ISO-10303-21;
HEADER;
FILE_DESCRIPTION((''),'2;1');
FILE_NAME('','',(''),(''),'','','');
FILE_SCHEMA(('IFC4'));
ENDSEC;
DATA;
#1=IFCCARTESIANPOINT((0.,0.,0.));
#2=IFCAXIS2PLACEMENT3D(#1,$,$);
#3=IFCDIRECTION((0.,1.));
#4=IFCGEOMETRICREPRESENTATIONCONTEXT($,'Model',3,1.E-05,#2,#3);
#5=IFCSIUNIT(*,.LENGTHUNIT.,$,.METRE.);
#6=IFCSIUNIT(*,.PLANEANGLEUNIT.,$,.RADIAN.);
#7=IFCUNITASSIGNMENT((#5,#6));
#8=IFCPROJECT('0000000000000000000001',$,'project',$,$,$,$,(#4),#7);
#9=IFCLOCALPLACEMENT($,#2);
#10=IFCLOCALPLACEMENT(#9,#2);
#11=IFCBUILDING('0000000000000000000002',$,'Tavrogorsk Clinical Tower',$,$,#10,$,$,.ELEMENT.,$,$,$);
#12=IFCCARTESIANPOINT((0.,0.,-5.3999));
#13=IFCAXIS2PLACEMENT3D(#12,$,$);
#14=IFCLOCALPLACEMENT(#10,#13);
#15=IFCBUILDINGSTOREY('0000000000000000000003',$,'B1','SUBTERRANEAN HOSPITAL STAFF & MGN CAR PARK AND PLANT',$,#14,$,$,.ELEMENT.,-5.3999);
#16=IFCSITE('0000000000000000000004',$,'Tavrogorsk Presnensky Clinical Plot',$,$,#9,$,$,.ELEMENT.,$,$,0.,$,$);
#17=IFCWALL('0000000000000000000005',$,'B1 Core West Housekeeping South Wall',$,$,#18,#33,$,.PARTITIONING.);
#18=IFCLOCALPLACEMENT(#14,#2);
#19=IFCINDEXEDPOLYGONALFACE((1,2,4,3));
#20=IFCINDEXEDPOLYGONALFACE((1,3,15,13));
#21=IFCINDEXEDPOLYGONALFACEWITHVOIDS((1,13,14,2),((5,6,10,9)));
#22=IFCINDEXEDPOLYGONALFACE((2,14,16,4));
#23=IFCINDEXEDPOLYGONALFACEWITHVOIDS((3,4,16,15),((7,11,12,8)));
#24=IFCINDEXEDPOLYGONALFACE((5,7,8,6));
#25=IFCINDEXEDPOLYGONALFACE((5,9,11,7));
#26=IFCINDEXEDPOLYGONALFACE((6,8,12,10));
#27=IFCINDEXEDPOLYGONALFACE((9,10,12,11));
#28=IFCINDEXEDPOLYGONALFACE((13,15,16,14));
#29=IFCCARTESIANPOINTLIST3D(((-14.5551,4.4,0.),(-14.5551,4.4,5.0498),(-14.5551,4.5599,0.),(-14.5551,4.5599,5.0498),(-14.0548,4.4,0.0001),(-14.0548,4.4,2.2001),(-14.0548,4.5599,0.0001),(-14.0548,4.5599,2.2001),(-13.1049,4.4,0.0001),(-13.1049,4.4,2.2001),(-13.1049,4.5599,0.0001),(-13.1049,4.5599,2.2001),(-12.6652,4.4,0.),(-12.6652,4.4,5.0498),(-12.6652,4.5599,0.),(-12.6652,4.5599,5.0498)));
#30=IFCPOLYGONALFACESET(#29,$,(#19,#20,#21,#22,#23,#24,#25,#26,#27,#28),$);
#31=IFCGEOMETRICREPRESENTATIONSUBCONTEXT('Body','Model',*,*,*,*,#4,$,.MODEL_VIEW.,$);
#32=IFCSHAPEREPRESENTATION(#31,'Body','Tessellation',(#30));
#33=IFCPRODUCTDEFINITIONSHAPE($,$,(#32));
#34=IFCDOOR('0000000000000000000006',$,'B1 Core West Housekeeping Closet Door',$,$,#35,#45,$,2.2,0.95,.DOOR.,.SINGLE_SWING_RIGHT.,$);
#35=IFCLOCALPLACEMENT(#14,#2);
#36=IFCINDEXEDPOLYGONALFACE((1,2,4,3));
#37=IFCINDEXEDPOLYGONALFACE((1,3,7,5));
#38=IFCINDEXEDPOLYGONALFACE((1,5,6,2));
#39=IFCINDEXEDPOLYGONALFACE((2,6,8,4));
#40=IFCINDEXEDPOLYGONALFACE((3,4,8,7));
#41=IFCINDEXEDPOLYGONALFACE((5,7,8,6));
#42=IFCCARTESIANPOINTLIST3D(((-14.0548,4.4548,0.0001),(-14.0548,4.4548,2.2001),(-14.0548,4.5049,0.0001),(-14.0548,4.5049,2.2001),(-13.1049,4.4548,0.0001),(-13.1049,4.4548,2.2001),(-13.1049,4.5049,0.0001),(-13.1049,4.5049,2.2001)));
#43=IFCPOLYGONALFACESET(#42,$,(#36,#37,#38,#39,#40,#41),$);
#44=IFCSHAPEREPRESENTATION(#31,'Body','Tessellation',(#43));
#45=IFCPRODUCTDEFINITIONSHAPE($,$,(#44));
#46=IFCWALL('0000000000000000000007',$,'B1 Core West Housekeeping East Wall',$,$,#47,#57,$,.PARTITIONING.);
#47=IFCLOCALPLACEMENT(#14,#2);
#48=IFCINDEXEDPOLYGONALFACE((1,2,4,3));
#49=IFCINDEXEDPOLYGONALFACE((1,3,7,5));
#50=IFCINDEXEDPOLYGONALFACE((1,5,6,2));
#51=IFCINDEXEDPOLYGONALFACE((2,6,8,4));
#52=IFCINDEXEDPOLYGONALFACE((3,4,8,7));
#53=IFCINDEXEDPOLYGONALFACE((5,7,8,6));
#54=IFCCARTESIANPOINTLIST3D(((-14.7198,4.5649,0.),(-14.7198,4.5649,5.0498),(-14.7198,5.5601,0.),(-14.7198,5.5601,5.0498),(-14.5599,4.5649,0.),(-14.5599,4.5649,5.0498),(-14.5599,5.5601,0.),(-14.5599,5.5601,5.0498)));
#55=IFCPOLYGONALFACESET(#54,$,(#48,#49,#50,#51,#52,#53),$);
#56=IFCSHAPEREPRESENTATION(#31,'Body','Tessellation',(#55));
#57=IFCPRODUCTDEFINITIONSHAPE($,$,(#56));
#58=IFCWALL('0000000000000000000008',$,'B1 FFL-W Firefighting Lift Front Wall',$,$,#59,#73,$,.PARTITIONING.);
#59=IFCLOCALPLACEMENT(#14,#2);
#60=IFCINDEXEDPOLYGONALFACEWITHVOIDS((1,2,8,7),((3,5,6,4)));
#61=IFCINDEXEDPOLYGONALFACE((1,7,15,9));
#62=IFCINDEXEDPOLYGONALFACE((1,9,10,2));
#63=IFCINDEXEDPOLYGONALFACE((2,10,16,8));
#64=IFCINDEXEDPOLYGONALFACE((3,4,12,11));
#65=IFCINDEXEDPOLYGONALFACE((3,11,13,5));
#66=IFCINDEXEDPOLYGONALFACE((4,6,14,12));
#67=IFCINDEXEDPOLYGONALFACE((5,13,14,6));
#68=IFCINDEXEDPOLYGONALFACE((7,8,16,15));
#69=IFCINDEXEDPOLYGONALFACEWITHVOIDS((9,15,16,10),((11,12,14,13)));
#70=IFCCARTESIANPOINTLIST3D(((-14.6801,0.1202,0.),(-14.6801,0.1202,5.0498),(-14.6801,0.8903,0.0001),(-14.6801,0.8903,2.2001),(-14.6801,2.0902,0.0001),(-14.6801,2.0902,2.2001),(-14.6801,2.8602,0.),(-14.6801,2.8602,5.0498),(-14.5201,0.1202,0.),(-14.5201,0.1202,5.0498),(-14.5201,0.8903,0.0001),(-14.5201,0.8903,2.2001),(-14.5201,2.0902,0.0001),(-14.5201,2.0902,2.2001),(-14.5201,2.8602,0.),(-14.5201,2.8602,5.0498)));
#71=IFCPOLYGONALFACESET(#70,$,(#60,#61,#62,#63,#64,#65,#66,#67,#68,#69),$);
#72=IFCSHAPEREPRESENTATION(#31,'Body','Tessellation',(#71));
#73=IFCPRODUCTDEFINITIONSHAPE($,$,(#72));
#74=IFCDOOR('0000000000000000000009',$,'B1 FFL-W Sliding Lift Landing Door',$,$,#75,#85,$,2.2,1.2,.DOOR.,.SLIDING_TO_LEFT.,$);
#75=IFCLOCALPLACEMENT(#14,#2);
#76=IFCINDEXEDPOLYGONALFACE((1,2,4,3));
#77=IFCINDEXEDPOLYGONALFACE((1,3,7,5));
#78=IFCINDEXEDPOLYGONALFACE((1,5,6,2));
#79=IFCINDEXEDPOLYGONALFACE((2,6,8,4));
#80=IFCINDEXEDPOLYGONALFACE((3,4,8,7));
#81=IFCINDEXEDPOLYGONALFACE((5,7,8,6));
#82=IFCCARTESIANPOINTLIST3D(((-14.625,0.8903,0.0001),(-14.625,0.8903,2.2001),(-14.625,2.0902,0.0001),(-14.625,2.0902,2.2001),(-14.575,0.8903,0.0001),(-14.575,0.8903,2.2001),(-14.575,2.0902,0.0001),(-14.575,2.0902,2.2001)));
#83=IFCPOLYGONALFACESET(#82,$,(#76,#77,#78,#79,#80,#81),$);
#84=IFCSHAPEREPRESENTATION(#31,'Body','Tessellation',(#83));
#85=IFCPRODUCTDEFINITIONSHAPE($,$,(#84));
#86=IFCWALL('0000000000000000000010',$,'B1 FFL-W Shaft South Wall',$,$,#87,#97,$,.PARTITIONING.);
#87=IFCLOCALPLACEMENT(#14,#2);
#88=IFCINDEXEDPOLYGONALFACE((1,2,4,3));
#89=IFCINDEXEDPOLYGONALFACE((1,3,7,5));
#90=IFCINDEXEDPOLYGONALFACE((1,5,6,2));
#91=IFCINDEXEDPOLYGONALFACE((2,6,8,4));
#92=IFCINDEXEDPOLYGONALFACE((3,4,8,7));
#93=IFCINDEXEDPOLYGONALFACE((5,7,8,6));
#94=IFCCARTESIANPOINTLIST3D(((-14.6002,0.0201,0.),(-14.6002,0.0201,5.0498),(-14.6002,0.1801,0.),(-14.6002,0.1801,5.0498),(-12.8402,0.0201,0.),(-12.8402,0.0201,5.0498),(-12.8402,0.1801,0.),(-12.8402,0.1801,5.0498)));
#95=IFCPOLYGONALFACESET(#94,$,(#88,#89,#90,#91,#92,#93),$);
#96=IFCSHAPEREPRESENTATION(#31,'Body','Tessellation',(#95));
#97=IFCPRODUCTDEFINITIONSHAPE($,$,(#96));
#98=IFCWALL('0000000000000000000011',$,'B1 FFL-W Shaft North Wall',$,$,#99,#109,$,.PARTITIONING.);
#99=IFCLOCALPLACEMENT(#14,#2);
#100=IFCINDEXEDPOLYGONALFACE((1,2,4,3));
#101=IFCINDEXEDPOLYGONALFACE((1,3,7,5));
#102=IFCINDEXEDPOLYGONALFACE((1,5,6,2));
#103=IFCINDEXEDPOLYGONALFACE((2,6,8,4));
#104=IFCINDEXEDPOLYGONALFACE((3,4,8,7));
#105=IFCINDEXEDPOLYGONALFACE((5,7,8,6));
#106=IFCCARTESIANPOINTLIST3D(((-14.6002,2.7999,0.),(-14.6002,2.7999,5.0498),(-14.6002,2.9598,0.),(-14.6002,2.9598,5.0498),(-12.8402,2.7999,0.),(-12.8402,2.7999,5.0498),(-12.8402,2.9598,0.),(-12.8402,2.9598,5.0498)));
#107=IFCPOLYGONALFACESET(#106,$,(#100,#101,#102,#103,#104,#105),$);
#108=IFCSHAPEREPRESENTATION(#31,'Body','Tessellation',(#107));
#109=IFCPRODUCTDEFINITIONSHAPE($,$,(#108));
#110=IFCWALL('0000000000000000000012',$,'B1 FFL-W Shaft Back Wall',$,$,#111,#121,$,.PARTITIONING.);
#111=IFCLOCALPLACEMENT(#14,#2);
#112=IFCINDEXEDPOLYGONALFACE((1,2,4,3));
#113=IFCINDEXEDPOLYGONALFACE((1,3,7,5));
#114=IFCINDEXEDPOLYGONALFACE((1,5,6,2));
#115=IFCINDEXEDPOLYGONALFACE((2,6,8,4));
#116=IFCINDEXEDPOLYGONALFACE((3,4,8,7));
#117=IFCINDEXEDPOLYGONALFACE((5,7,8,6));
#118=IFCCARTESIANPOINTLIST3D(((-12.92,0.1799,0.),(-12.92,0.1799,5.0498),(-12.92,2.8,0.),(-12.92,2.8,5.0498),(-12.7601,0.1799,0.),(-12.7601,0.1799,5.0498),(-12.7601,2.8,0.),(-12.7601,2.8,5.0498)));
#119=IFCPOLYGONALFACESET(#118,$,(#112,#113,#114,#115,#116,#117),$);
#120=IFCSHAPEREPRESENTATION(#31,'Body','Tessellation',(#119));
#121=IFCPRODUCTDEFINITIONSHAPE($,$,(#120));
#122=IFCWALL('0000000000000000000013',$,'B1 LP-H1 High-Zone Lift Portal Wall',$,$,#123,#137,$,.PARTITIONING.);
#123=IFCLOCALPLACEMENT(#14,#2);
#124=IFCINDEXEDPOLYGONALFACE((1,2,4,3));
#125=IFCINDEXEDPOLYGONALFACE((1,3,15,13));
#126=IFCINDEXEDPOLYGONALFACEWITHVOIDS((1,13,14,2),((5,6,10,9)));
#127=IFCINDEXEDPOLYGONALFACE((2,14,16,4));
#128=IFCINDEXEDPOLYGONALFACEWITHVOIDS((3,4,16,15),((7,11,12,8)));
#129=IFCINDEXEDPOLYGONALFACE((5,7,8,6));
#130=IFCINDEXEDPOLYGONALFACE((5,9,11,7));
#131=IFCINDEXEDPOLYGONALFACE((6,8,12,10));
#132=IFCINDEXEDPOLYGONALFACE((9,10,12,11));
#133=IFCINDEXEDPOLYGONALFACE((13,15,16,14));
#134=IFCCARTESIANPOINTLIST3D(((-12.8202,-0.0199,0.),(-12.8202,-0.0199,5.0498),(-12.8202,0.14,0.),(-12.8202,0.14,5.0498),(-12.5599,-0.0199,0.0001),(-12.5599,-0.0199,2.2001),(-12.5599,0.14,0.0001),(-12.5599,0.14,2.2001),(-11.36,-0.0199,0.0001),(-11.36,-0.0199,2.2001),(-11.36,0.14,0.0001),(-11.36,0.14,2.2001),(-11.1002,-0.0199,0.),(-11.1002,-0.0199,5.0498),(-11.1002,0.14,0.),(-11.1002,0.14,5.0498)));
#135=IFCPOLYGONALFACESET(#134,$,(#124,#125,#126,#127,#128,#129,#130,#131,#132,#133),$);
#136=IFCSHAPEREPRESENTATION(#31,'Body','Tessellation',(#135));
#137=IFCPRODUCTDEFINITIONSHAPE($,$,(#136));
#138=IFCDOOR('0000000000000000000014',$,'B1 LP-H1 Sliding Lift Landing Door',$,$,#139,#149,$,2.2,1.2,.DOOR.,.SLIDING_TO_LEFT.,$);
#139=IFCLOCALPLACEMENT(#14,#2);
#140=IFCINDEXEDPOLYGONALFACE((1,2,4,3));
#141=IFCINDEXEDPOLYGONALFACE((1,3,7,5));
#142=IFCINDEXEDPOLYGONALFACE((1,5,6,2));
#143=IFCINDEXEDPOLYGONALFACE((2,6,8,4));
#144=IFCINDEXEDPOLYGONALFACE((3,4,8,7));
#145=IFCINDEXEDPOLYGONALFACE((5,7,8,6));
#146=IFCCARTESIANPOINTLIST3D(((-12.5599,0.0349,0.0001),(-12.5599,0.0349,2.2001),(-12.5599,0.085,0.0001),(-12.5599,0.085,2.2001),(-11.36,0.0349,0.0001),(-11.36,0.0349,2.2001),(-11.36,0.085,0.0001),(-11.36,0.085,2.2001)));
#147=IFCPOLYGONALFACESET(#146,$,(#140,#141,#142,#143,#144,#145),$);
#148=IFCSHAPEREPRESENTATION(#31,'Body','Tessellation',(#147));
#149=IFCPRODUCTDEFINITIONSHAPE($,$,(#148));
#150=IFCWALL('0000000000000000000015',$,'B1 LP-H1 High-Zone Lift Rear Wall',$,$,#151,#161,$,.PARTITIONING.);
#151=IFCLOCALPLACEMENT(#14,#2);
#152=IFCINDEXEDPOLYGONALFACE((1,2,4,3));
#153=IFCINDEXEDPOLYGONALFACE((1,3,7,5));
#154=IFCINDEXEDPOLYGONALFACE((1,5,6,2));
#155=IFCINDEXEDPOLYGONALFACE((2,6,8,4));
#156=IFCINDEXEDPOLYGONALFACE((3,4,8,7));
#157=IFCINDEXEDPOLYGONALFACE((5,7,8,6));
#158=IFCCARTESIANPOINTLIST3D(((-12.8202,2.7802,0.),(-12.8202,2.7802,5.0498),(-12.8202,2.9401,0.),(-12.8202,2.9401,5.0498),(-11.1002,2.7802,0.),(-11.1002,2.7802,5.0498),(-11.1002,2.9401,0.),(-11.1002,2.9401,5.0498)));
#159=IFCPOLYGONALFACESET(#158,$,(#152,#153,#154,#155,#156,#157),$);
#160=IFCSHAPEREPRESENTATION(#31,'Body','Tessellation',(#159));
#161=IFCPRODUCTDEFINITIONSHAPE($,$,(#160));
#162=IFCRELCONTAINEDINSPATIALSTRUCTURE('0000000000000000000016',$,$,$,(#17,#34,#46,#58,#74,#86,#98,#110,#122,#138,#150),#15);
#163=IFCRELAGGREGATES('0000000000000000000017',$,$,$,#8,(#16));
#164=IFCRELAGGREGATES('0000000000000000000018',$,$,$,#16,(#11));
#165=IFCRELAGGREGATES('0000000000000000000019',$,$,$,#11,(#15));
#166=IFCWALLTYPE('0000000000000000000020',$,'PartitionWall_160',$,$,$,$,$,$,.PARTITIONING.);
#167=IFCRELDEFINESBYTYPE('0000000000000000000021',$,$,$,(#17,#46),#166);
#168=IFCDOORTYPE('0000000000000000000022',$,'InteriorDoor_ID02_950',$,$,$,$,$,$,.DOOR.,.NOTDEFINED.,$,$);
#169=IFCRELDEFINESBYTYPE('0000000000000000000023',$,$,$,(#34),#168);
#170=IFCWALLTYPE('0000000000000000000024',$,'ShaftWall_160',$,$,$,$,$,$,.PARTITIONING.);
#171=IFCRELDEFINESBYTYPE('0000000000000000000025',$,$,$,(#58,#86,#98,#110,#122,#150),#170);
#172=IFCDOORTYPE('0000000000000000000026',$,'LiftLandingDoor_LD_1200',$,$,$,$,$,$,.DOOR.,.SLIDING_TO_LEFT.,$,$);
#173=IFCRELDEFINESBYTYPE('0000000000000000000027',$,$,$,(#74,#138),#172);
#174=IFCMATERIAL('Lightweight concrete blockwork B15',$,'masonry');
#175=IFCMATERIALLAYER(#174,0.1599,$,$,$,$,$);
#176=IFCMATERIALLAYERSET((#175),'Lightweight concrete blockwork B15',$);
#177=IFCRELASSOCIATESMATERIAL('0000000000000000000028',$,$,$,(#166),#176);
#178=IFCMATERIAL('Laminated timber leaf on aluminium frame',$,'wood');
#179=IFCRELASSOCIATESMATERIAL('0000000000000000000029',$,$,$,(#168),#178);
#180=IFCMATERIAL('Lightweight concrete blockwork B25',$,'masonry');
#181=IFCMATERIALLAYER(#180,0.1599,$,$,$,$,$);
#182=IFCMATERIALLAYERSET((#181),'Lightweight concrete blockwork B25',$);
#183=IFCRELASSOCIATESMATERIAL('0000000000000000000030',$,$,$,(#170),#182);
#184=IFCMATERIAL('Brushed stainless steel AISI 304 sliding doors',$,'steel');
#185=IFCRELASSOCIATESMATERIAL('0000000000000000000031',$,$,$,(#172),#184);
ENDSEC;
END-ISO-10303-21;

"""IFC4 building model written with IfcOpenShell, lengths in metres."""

from ifc_helpers import new_model, si_unit, direction, frame, frame_2d, origin, place, context, subcontext, project, spatial, rectangle, extrude, material, layer, layer_set, type_object, element, fill, save


model = new_model("IFC4")

# Units and contexts
model_context = context("Model", 3, precision=1e-05, world=origin(), true_north=direction((0.0, 1.0)))
body_context = subcontext(model_context, "Body", "Model", "MODEL_VIEW")
ifc_project = project(units=[si_unit("LENGTHUNIT", "METRE"), si_unit("PLANEANGLEUNIT", "RADIAN")], contexts=[model_context])

# Site, building, storey
site_placement = place(None, origin())
site = spatial("IfcSite", under=ifc_project, at=site_placement, Name="Tavrogorsk Presnensky Clinical Plot", CompositionType="ELEMENT", RefElevation=0.0)
building_placement = place(site_placement, origin())
building = spatial("IfcBuilding", under=site, at=building_placement, Name="Tavrogorsk Clinical Tower", CompositionType="ELEMENT")
storey_placement = place(building_placement, frame((0.0, 0.0, -5.3999)))
storey = spatial("IfcBuildingStorey", under=building, at=storey_placement, Name="B1", Description="SUBTERRANEAN HOSPITAL STAFF & MGN CAR PARK AND PLANT", CompositionType="ELEMENT", Elevation=-5.3999)

# Wall, opening, door
ifc_material_1 = material(Name="Lightweight concrete blockwork B15", Category="masonry")
ifc_layer_1 = layer(ifc_material_1, 0.1599)
ifc_layer_set_1 = layer_set([ifc_layer_1], Name="Lightweight concrete blockwork B15")
wall_type_1 = type_object("IfcWallType", Name="PartitionWall_160", PredefinedType="PARTITIONING", material=ifc_layer_set_1)
ifc_material_2 = material(Name="Laminated timber leaf on aluminium frame", Category="wood")
door_type_1 = type_object("IfcDoorType", Name="InteriorDoor_ID02_950", OperationType="NOTDEFINED", PredefinedType="DOOR", material=ifc_material_2)
wall_1_placement = place(storey_placement, frame((-14.5549, 4.48, 0.0), z_axis=(0.0, 0.0, 1.0), x_axis=(1.0, 0.0, 0.0)))
wall_1 = element("IfcWall", 1, at=wall_1_placement, inside=storey, type_object=wall_type_1, Name="B1 Core West Housekeeping South Wall", PredefinedType="PARTITIONING", context=body_context, shape_type="SweptSolid", body=[
    extrude(rectangle(XDim=1.8899, YDim=0.1599, at=frame_2d((0.9448, 0.0))), origin(), (0.0, 0.0, 1.0), 5.0498),
])
opening_1_placement = place(wall_1_placement, frame((0.5, 0.0, 0.0)))
opening_1 = element("IfcOpeningElement", 2, at=opening_1_placement, cuts=wall_1, PredefinedType="OPENING", context=body_context, shape_type="SweptSolid", body=[
    extrude(rectangle(XDim=0.95, YDim=2.2, at=frame_2d((0.4751, 1.1001))), frame((0.0, 0.0898, 0.0), z_axis=(0.0, -1.0, 0.0), x_axis=(1.0, 0.0, 0.0)), (0.0, 0.0, 1.0), 0.1799),
])
door_1_placement = place(opening_1_placement, origin())
door_1 = element("IfcDoor", 3, at=door_1_placement, inside=storey, type_object=door_type_1, Name="B1 Core West Housekeeping Closet Door", OperationType="SINGLE_SWING_RIGHT", OverallHeight=2.2, OverallWidth=0.95, PredefinedType="DOOR", context=body_context, shape_type="SweptSolid", body=[
    extrude(rectangle(XDim=0.95, YDim=2.2, at=frame_2d((0.4751, 1.1001))), frame((0.0, 0.0249, 0.0), z_axis=(0.0, -1.0, 0.0), x_axis=(1.0, 0.0, 0.0)), (0.0, 0.0, 1.0), 0.05),
])
fill(opening_1, door_1)

# Wall
wall_2_placement = place(storey_placement, frame((-14.6399, 4.5649, 0.0), z_axis=(0.0, 0.0, 1.0), x_axis=(0.0, 1.0, 0.0)))
element("IfcWall", 4, at=wall_2_placement, inside=storey, type_object=wall_type_1, Name="B1 Core West Housekeeping East Wall", PredefinedType="PARTITIONING", context=body_context, shape_type="SweptSolid", body=[
    extrude(rectangle(XDim=0.9951, YDim=0.1599, at=frame_2d((0.4976, 0.0))), origin(), (0.0, 0.0, 1.0), 5.0498),
])

# Wall, opening, door
ifc_material_3 = material(Name="Lightweight concrete blockwork B25", Category="masonry")
ifc_layer_2 = layer(ifc_material_3, 0.1599)
ifc_layer_set_2 = layer_set([ifc_layer_2], Name="Lightweight concrete blockwork B25")
wall_type_2 = type_object("IfcWallType", Name="ShaftWall_160", PredefinedType="PARTITIONING", material=ifc_layer_set_2)
wall_3_placement = place(storey_placement, frame((-14.6001, 0.1201, 0.0), z_axis=(0.0, 0.0, 1.0), x_axis=(0.0, 1.0, 0.0)))
wall_3 = element("IfcWall", 5, at=wall_3_placement, inside=storey, type_object=wall_type_2, Name="B1 FFL-W Firefighting Lift Front Wall", PredefinedType="PARTITIONING", context=body_context, shape_type="SweptSolid", body=[
    extrude(rectangle(XDim=2.74, YDim=0.1599, at=frame_2d((1.3701, 0.0))), origin(), (0.0, 0.0, 1.0), 5.0498),
])
opening_2_placement = place(wall_3_placement, frame((0.77, 0.0, 0.0)))
opening_2 = element("IfcOpeningElement", 6, at=opening_2_placement, cuts=wall_3, PredefinedType="OPENING", context=body_context, shape_type="SweptSolid", body=[
    extrude(rectangle(XDim=1.2, YDim=2.2, at=frame_2d((0.6001, 1.1001))), frame((0.0, 0.0898, 0.0), z_axis=(0.0, -1.0, 0.0), x_axis=(1.0, 0.0, 0.0)), (0.0, 0.0, 1.0), 0.1799),
])
ifc_material_4 = material(Name="Brushed stainless steel AISI 304 sliding doors", Category="steel")
door_type_2 = type_object("IfcDoorType", Name="LiftLandingDoor_LD_1200", OperationType="SLIDING_TO_LEFT", PredefinedType="DOOR", material=ifc_material_4)
door_2_placement = place(opening_2_placement, origin())
door_2 = element("IfcDoor", 7, at=door_2_placement, inside=storey, type_object=door_type_2, Name="B1 FFL-W Sliding Lift Landing Door", OperationType="SLIDING_TO_LEFT", OverallHeight=2.2, OverallWidth=1.2, PredefinedType="DOOR", context=body_context, shape_type="SweptSolid", body=[
    extrude(rectangle(XDim=1.2, YDim=2.2, at=frame_2d((0.6001, 1.1001))), frame((0.0, 0.0249, 0.0), z_axis=(0.0, -1.0, 0.0), x_axis=(1.0, 0.0, 0.0)), (0.0, 0.0, 1.0), 0.05),
])
fill(opening_2, door_2)

# Walls
for number, where, z_axis, x_axis, name in (
    (8, (-14.6001, 0.1001, 0.0), (0.0, 0.0, 1.0), (1.0, 0.0, 0.0), "B1 FFL-W Shaft South Wall"),
    (9, (-14.6001, 2.8799, 0.0), (0.0, 0.0, 1.0), (1.0, 0.0, 0.0), "B1 FFL-W Shaft North Wall"),
):
    element("IfcWall", number, at=place(storey_placement, frame(where, z_axis=z_axis, x_axis=x_axis)), inside=storey, type_object=wall_type_2, Name=name, PredefinedType="PARTITIONING", context=body_context, shape_type="SweptSolid", body=[
        extrude(rectangle(XDim=1.76, YDim=0.1599, at=frame_2d((0.8799, 0.0))), origin(), (0.0, 0.0, 1.0), 5.0498),
    ])
wall_4_placement = place(storey_placement, frame((-12.8401, 0.1799, 0.0), z_axis=(0.0, 0.0, 1.0), x_axis=(0.0, 1.0, 0.0)))
element("IfcWall", 10, at=wall_4_placement, inside=storey, type_object=wall_type_2, Name="B1 FFL-W Shaft Back Wall", PredefinedType="PARTITIONING", context=body_context, shape_type="SweptSolid", body=[
    extrude(rectangle(XDim=2.6201, YDim=0.1599, at=frame_2d((1.3101, 0.0))), origin(), (0.0, 0.0, 1.0), 5.0498),
])

# Wall, opening, door
wall_5_placement = place(storey_placement, frame((-12.8201, 0.0601, 0.0), z_axis=(0.0, 0.0, 1.0), x_axis=(1.0, 0.0, 0.0)))
wall_5 = element("IfcWall", 11, at=wall_5_placement, inside=storey, type_object=wall_type_2, Name="B1 LP-H1 High-Zone Lift Portal Wall", PredefinedType="PARTITIONING", context=body_context, shape_type="SweptSolid", body=[
    extrude(rectangle(XDim=1.72, YDim=0.1599, at=frame_2d((0.8599, 0.0))), origin(), (0.0, 0.0, 1.0), 5.0498),
])
opening_3_placement = place(wall_5_placement, frame((0.26, 0.0, 0.0)))
opening_3 = element("IfcOpeningElement", 12, at=opening_3_placement, cuts=wall_5, PredefinedType="OPENING", context=body_context, shape_type="SweptSolid", body=[
    extrude(rectangle(XDim=1.2, YDim=2.2, at=frame_2d((0.6001, 1.1001))), frame((0.0, 0.0898, 0.0), z_axis=(0.0, -1.0, 0.0), x_axis=(1.0, 0.0, 0.0)), (0.0, 0.0, 1.0), 0.1799),
])
door_3_placement = place(opening_3_placement, origin())
door_3 = element("IfcDoor", 13, at=door_3_placement, inside=storey, type_object=door_type_2, Name="B1 LP-H1 Sliding Lift Landing Door", OperationType="SLIDING_TO_LEFT", OverallHeight=2.2, OverallWidth=1.2, PredefinedType="DOOR", context=body_context, shape_type="SweptSolid", body=[
    extrude(rectangle(XDim=1.2, YDim=2.2, at=frame_2d((0.6001, 1.1001))), frame((0.0, 0.0249, 0.0), z_axis=(0.0, -1.0, 0.0), x_axis=(1.0, 0.0, 0.0)), (0.0, 0.0, 1.0), 0.05),
])
fill(opening_3, door_3)

# Wall
wall_6_placement = place(storey_placement, frame((-12.8201, 2.8601, 0.0), z_axis=(0.0, 0.0, 1.0), x_axis=(1.0, 0.0, 0.0)))
element("IfcWall", 14, at=wall_6_placement, inside=storey, type_object=wall_type_2, Name="B1 LP-H1 High-Zone Lift Rear Wall", PredefinedType="PARTITIONING", context=body_context, shape_type="SweptSolid", body=[
    extrude(rectangle(XDim=1.72, YDim=0.1599, at=frame_2d((0.8599, 0.0))), origin(), (0.0, 0.0, 1.0), 5.0498),
])

save(model, "model.ifc")
